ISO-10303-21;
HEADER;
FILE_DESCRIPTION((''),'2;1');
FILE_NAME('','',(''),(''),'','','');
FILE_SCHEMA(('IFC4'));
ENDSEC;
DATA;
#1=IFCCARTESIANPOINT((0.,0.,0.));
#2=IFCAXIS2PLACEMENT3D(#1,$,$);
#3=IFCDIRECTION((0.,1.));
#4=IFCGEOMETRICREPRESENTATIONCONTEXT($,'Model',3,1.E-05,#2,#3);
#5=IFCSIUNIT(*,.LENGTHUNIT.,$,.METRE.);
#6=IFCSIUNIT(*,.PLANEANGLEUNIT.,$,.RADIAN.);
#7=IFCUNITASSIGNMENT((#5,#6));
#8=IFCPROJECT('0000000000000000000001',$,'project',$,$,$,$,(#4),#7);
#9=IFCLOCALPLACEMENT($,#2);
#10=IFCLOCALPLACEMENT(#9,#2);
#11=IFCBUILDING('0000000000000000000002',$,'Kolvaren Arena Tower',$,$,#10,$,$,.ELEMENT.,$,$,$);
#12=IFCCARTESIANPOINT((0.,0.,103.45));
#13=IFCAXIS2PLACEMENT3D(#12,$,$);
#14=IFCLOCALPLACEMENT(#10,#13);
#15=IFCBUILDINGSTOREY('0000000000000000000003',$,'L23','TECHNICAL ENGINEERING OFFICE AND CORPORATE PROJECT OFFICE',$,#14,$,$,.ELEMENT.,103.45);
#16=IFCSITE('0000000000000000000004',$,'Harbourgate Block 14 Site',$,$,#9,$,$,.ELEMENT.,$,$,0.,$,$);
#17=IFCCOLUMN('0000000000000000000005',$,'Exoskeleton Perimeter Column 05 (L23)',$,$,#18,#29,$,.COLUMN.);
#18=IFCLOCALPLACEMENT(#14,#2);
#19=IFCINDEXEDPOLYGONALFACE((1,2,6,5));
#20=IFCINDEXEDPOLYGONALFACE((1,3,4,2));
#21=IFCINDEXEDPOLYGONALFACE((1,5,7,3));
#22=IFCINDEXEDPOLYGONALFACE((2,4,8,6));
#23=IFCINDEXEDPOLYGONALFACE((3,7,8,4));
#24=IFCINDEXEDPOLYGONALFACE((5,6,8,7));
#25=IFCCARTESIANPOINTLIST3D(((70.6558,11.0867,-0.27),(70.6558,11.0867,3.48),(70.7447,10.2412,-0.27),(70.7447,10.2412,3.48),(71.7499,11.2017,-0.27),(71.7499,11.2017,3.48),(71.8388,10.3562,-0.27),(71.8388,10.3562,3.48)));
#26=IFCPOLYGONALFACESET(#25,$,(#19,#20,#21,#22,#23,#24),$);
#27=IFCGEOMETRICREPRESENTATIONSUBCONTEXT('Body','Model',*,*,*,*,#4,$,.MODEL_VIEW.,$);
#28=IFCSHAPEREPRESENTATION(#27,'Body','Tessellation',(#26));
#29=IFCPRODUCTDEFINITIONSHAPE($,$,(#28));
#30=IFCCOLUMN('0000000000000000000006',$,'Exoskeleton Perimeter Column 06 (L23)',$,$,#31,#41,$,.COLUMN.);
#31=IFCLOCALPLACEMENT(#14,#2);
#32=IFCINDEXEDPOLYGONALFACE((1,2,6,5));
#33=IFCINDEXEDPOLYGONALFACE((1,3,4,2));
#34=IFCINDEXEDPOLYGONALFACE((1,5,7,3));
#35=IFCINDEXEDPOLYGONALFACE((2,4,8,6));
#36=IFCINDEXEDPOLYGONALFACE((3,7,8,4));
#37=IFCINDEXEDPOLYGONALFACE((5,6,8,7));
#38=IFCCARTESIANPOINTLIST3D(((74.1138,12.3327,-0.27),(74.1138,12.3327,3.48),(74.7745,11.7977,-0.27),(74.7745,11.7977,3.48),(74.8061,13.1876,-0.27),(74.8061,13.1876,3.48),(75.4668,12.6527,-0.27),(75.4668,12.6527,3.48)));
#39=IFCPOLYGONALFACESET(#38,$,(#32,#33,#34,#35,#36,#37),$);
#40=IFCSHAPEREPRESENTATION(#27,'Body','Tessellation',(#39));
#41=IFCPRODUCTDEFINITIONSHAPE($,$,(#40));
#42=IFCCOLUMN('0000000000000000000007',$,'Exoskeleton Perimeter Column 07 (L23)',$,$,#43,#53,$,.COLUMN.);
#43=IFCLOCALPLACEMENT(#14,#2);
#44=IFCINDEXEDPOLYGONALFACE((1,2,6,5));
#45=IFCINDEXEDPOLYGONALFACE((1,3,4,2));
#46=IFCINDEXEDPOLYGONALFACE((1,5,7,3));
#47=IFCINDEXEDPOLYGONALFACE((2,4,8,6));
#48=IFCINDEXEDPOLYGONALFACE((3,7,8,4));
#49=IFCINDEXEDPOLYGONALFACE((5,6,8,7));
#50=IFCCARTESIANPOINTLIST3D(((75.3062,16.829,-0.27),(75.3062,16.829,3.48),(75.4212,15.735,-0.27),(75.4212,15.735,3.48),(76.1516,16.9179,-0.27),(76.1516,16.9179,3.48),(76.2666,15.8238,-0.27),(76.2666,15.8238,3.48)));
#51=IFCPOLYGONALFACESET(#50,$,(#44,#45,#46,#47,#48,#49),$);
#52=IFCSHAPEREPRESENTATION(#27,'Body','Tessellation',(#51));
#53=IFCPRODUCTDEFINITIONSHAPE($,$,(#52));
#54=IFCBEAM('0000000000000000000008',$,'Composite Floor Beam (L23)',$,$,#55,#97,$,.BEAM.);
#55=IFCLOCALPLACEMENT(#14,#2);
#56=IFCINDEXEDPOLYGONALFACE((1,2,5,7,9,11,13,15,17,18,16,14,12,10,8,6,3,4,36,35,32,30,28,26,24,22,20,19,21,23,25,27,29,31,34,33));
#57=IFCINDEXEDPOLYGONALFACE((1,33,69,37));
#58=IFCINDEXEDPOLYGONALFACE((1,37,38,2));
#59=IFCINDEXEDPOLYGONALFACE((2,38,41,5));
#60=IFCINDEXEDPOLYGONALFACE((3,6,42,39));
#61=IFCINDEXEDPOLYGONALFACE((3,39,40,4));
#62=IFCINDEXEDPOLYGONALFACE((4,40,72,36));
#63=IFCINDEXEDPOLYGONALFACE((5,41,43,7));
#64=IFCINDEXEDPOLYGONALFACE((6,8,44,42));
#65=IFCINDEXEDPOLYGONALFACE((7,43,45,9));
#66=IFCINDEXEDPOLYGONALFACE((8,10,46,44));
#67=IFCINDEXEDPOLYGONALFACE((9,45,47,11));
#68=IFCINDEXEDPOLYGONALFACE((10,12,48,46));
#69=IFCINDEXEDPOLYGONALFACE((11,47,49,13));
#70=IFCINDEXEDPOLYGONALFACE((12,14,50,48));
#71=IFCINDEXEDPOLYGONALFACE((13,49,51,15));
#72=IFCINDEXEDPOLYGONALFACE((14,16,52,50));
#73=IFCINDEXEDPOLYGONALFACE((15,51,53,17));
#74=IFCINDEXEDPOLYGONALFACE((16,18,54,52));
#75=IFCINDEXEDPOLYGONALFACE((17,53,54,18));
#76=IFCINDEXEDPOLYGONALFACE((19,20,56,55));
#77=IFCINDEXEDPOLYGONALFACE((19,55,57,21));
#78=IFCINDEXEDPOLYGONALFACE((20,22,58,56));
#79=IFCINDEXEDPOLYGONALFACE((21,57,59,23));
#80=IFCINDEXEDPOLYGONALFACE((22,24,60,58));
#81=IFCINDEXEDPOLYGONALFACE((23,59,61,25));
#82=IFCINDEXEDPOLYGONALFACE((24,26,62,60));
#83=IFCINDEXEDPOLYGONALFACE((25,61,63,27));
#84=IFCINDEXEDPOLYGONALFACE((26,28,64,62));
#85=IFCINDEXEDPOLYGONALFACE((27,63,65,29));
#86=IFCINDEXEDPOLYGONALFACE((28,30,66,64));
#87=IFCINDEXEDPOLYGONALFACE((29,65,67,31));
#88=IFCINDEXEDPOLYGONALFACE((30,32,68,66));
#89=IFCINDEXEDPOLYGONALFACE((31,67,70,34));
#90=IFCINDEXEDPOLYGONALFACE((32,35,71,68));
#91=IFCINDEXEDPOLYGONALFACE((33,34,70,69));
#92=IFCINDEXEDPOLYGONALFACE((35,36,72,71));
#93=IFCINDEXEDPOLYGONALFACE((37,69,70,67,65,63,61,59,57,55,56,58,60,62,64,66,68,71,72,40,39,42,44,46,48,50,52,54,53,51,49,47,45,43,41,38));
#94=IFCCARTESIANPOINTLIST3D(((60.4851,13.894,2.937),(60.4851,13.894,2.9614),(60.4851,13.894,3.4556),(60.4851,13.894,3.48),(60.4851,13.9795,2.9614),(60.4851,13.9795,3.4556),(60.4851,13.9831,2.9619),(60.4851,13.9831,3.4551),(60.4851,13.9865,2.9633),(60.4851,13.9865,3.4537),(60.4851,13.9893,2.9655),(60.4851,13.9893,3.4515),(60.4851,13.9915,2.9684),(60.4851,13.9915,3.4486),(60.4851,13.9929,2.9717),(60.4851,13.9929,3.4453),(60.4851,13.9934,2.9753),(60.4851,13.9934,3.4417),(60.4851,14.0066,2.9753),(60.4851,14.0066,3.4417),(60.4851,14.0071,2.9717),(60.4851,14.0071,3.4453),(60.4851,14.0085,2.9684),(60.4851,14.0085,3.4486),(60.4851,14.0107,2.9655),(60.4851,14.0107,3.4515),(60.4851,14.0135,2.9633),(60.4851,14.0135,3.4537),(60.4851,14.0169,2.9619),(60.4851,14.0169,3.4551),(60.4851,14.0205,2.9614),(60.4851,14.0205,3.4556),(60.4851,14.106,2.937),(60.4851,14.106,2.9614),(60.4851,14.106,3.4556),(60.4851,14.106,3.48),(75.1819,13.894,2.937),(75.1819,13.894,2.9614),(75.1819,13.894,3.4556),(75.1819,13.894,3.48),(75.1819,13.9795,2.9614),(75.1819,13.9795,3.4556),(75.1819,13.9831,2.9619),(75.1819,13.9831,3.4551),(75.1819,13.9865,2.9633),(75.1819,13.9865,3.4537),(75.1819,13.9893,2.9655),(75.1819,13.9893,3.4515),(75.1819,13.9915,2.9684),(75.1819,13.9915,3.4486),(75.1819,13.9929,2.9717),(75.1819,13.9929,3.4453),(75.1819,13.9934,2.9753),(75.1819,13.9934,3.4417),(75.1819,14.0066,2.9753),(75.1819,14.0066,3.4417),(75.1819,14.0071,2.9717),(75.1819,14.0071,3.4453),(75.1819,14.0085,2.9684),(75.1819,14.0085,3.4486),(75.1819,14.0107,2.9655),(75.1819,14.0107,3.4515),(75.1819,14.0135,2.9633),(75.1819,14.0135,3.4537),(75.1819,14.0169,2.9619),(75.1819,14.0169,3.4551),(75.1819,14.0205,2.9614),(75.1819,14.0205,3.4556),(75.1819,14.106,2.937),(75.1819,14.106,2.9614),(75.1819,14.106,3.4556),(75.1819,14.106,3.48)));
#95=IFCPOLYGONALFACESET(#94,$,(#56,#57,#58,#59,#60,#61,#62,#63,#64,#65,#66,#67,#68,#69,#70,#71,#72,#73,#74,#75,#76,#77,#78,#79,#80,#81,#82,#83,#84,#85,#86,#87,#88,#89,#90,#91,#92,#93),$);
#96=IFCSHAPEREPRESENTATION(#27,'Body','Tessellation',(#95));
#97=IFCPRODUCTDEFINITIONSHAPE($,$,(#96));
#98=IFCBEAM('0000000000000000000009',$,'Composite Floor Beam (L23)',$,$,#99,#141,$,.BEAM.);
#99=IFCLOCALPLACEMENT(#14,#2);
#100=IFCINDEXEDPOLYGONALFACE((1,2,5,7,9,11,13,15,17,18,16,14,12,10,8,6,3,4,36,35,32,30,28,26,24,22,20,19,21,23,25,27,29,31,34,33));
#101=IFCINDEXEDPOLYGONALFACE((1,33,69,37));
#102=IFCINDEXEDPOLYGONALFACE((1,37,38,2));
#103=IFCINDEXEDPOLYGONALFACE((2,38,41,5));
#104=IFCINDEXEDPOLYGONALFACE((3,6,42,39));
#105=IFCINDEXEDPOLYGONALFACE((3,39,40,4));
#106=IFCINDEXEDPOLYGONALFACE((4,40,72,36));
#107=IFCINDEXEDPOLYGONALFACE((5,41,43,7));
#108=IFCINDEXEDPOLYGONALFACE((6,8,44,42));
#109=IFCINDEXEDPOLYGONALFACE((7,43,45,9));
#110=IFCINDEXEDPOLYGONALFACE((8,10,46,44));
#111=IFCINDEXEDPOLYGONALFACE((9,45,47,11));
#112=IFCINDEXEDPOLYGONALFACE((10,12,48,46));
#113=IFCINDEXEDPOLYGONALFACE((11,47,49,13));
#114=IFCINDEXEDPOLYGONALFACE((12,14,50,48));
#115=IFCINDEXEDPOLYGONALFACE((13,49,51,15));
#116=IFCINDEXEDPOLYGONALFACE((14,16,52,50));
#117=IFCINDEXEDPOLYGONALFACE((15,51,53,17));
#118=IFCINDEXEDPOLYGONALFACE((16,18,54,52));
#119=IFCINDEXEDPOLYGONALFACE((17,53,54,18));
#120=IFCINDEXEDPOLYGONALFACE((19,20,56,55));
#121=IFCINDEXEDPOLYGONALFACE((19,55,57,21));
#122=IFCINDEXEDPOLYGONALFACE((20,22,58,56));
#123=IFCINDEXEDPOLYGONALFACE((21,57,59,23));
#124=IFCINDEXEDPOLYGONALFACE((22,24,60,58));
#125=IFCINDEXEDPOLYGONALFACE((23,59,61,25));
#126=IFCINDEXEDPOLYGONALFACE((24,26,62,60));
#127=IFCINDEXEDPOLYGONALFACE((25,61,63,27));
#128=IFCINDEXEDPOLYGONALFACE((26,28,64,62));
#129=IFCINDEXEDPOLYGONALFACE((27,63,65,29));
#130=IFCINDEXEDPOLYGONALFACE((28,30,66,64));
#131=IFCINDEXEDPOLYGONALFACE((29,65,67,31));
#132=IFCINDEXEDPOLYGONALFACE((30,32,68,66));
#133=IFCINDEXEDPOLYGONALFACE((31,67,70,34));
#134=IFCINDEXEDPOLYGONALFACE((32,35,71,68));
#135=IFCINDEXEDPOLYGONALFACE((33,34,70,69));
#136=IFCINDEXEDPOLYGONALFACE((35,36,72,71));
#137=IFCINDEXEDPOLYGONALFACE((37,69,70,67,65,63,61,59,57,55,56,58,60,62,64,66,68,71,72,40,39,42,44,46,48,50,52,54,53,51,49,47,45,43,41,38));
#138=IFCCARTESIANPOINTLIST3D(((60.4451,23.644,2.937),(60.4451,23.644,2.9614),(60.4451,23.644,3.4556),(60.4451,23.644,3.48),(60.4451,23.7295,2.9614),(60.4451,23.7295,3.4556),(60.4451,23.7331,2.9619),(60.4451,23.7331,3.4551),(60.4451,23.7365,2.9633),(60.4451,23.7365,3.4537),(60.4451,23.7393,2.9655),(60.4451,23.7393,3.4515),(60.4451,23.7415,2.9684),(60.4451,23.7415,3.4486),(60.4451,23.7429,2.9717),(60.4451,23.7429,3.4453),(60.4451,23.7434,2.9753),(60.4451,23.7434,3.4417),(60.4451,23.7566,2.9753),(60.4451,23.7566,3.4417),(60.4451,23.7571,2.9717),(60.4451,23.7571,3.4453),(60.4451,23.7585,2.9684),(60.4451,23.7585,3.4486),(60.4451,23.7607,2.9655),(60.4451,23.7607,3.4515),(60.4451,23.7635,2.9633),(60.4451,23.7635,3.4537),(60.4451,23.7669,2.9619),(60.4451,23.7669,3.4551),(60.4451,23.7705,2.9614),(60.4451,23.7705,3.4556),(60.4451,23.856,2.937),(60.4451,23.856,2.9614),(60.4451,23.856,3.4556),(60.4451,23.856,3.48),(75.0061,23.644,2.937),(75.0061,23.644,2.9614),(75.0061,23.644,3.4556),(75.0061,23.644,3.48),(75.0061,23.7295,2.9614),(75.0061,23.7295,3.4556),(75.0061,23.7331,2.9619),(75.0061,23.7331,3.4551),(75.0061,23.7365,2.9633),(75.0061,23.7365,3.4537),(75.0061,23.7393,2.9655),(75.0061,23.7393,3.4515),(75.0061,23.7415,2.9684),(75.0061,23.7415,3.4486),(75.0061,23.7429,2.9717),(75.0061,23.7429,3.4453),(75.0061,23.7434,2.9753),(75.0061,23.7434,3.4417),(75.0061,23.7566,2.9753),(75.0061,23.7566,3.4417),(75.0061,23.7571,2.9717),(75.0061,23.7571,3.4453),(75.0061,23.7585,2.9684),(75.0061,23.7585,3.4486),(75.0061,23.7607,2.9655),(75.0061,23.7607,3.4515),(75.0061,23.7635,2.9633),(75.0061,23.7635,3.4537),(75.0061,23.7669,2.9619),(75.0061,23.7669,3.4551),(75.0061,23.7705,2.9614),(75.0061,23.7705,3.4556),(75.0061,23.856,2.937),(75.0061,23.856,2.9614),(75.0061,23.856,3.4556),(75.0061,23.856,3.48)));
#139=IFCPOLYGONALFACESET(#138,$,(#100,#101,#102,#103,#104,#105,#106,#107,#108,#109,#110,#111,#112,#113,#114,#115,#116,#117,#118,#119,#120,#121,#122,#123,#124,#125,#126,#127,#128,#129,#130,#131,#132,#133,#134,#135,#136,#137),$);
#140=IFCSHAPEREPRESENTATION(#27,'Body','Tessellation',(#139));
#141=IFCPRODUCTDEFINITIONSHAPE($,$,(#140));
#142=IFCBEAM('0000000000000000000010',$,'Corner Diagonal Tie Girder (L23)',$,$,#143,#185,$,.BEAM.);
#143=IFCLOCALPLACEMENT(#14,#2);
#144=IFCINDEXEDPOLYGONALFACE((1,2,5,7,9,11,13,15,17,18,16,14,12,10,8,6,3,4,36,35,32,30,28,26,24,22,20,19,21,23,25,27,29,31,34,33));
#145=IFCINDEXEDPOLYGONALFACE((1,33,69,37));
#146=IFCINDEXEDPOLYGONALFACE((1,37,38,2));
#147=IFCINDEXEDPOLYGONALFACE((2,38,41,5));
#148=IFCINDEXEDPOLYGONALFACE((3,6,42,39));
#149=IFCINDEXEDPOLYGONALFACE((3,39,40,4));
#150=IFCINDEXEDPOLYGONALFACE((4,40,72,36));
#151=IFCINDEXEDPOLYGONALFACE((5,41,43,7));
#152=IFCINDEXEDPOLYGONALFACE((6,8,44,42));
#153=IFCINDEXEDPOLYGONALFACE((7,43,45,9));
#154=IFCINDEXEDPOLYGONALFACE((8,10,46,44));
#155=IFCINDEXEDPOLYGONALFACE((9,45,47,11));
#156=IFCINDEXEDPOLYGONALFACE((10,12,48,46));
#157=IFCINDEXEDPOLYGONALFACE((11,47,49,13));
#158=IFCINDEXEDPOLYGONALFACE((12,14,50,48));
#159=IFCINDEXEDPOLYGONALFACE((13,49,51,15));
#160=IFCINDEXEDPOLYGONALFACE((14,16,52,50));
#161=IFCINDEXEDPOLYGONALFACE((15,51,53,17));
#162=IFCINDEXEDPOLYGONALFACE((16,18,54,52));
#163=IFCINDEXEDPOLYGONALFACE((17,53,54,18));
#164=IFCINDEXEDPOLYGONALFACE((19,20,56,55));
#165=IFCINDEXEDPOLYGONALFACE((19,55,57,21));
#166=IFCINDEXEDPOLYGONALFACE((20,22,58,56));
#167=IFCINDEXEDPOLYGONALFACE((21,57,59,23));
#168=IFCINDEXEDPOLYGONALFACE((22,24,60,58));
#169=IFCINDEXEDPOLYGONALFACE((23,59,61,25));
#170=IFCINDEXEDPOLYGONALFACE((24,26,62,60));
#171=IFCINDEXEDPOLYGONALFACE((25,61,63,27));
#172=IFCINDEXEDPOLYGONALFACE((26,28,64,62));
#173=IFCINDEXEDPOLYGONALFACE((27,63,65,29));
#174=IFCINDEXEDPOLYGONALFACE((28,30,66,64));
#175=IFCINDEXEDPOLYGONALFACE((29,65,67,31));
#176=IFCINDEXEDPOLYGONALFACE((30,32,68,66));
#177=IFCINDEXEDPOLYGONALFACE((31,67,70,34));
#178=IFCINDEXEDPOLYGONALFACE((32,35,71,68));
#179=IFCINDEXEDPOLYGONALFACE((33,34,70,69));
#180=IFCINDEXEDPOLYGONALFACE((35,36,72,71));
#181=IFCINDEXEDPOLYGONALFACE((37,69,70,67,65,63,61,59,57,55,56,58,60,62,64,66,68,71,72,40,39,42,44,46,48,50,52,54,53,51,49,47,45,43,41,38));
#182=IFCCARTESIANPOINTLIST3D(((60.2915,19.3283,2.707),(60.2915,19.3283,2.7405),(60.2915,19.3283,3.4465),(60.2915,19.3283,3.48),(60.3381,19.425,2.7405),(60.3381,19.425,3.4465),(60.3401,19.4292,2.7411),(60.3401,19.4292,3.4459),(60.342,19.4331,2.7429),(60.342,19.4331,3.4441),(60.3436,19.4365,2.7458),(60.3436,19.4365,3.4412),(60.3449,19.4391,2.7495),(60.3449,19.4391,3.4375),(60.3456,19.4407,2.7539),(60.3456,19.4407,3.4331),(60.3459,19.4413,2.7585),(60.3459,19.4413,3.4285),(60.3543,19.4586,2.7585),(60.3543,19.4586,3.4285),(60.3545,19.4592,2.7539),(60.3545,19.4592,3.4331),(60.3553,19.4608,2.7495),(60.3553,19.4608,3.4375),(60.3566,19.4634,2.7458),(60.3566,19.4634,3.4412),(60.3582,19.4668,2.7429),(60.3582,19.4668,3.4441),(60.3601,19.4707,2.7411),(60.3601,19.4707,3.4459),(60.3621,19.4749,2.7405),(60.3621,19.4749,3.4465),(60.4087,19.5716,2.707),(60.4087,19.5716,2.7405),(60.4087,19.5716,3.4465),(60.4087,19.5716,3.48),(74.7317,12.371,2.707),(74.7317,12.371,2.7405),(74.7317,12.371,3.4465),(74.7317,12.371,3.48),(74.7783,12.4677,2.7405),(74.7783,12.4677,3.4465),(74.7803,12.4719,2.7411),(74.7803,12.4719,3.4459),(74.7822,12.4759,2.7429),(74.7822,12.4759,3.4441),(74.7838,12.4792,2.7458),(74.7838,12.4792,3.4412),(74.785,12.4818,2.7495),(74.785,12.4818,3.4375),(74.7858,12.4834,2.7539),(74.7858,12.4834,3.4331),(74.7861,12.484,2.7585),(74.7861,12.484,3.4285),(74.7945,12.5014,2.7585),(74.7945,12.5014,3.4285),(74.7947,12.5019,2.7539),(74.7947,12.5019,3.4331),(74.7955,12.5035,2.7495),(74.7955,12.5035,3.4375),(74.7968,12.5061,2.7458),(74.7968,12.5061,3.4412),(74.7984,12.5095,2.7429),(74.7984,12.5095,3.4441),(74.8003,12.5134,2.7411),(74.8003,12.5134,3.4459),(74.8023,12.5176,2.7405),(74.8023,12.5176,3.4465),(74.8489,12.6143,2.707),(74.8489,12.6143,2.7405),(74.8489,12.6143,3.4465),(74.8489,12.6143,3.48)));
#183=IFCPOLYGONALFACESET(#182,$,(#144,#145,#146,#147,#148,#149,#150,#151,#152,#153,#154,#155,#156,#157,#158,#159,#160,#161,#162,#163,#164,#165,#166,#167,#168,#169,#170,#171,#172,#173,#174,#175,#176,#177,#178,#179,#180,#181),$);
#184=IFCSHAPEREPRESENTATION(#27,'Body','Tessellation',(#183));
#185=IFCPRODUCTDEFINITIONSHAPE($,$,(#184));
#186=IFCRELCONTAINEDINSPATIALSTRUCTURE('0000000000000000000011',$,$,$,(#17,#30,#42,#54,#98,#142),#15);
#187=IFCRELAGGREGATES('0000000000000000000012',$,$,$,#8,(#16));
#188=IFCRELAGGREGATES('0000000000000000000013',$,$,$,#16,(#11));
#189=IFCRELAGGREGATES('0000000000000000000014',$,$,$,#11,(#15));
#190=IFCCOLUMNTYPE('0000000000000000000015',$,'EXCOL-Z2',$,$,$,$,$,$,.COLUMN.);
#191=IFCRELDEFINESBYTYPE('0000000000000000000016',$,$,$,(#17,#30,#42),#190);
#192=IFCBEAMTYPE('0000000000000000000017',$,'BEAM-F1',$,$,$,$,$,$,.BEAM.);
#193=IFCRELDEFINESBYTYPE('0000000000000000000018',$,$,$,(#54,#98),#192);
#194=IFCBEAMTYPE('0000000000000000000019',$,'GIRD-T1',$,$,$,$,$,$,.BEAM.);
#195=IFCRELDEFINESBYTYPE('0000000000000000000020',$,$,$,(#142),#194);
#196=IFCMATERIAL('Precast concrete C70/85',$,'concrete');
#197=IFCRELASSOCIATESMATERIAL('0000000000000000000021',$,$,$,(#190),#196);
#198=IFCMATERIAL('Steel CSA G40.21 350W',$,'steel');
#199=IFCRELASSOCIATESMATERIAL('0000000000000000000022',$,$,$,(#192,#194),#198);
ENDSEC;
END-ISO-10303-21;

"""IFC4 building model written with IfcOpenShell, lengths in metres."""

from ifc_helpers import new_model, si_unit, direction, frame, origin, origin_2d, place, context, subcontext, project, spatial, rectangle, i_section, extrude, material, material_profile, profile_set, type_object, element, save


model = new_model("IFC4")

# Units and contexts
model_context = context("Model", 3, precision=1e-05, world=origin(), true_north=direction((0.0, 1.0)))
body_context = subcontext(model_context, "Body", "Model", "MODEL_VIEW")
ifc_project = project(units=[si_unit("LENGTHUNIT", "METRE"), si_unit("PLANEANGLEUNIT", "RADIAN")], contexts=[model_context])

# Site, building, storey
site_placement = place(None, origin())
site = spatial("IfcSite", under=ifc_project, at=site_placement, Name="Harbourgate Block 14 Site", CompositionType="ELEMENT", RefElevation=0.0)
building_placement = place(site_placement, origin())
building = spatial("IfcBuilding", under=site, at=building_placement, Name="Kolvaren Arena Tower", CompositionType="ELEMENT")
storey_placement = place(building_placement, frame((0.0, 0.0, 103.45)))
storey = spatial("IfcBuildingStorey", under=building, at=storey_placement, Name="L23", Description="TECHNICAL ENGINEERING OFFICE AND CORPORATE PROJECT OFFICE", CompositionType="ELEMENT", Elevation=103.45)

# Columns
ifc_material_1 = material(Name="Precast concrete C70/85", Category="concrete")
ifc_material_profile_1 = material_profile(ifc_material_1, rectangle(XDim=1.1001, YDim=0.8501, at=origin_2d()), Name="RC-1100x850")
ifc_profile_set_1 = profile_set([ifc_material_profile_1], Name="Precast concrete C70/85")
column_type = type_object("IfcColumnType", Name="EXCOL-Z2", PredefinedType="COLUMN", material=ifc_profile_set_1)
for number, where, z_axis, x_axis, name in (
    (1, (71.2473, 10.7214, -0.27), (0.0, 0.0, 1.0), (0.994522, 0.104528, 0.0), "Exoskeleton Perimeter Column 05 (L23)"),
    (2, (74.7903, 12.4927, -0.27), (0.0, 0.0, 1.0), (0.62932, 0.777146, 0.0), "Exoskeleton Perimeter Column 06 (L23)"),
    (3, (75.7864, 16.3264, -0.27), (0.0, 0.0, 1.0), (-0.104528, 0.994522, 0.0), "Exoskeleton Perimeter Column 07 (L23)"),
):
    element("IfcColumn", number, at=place(storey_placement, frame(where, z_axis=z_axis, x_axis=x_axis)), inside=storey, type_object=column_type, Name=name, PredefinedType="COLUMN", context=body_context, shape_type="SweptSolid", body=[
        extrude(rectangle(XDim=1.1001, YDim=0.8501, at=origin_2d()), origin(), (0.0, 0.0, 1.0), 3.75),
    ])

# Beams
ifc_material_2 = material(Name="Steel CSA G40.21 350W", Category="steel")
ifc_material_profile_2 = material_profile(ifc_material_2, i_section(OverallWidth=0.2119, OverallDepth=0.543, WebThickness=0.0132, FlangeThickness=0.0244, FilletRadius=0.0139, at=origin_2d()), Name="W530x150")
ifc_profile_set_2 = profile_set([ifc_material_profile_2], Name="Steel CSA G40.21 350W")
beam_type_1 = type_object("IfcBeamType", Name="BEAM-F1", PredefinedType="BEAM", material=ifc_profile_set_2)
beam_1_placement = place(storey_placement, frame((60.4851, 14.0, 3.2085), z_axis=(1.0, 0.0, 0.0), x_axis=(0.0, 1.0, 0.0)))
element("IfcBeam", 4, at=beam_1_placement, inside=storey, type_object=beam_type_1, Name="Composite Floor Beam (L23)", PredefinedType="BEAM", context=body_context, shape_type="SweptSolid", body=[
    extrude(i_section(OverallWidth=0.2119, OverallDepth=0.543, WebThickness=0.0132, FlangeThickness=0.0244, FilletRadius=0.0139, at=origin_2d()), origin(), (0.0, 0.0, 1.0), 14.6968),
])
beam_2_placement = place(storey_placement, frame((60.4451, 23.75, 3.2085), z_axis=(1.0, 0.0, 0.0), x_axis=(0.0, 1.0, 0.0)))
element("IfcBeam", 5, at=beam_2_placement, inside=storey, type_object=beam_type_1, Name="Composite Floor Beam (L23)", PredefinedType="BEAM", context=body_context, shape_type="SweptSolid", body=[
    extrude(i_section(OverallWidth=0.2119, OverallDepth=0.543, WebThickness=0.0132, FlangeThickness=0.0244, FilletRadius=0.0139, at=origin_2d()), origin(), (0.0, 0.0, 1.0), 14.561),
])
ifc_material_profile_3 = material_profile(ifc_material_2, i_section(OverallWidth=0.27, OverallDepth=0.7729, WebThickness=0.0193, FlangeThickness=0.0334, FilletRadius=0.0181, at=origin_2d()), Name="W760x257")
ifc_profile_set_3 = profile_set([ifc_material_profile_3], Name="Steel CSA G40.21 350W")
beam_type_2 = type_object("IfcBeamType", Name="GIRD-T1", PredefinedType="BEAM", material=ifc_profile_set_3)
beam_3_placement = place(storey_placement, frame((74.7903, 12.4927, 3.0935), z_axis=(-0.90089, 0.434048, 0.0), x_axis=(-0.434048, -0.90089, 0.0)))
element("IfcBeam", 6, at=beam_3_placement, inside=storey, type_object=beam_type_2, Name="Corner Diagonal Tie Girder (L23)", PredefinedType="BEAM", context=body_context, shape_type="SweptSolid", body=[
    extrude(i_section(OverallWidth=0.27, OverallDepth=0.7729, WebThickness=0.0193, FlangeThickness=0.0334, FilletRadius=0.0181, at=origin_2d()), origin(), (0.0, 0.0, 1.0), 16.0288),
])

save(model, "model.ifc")
